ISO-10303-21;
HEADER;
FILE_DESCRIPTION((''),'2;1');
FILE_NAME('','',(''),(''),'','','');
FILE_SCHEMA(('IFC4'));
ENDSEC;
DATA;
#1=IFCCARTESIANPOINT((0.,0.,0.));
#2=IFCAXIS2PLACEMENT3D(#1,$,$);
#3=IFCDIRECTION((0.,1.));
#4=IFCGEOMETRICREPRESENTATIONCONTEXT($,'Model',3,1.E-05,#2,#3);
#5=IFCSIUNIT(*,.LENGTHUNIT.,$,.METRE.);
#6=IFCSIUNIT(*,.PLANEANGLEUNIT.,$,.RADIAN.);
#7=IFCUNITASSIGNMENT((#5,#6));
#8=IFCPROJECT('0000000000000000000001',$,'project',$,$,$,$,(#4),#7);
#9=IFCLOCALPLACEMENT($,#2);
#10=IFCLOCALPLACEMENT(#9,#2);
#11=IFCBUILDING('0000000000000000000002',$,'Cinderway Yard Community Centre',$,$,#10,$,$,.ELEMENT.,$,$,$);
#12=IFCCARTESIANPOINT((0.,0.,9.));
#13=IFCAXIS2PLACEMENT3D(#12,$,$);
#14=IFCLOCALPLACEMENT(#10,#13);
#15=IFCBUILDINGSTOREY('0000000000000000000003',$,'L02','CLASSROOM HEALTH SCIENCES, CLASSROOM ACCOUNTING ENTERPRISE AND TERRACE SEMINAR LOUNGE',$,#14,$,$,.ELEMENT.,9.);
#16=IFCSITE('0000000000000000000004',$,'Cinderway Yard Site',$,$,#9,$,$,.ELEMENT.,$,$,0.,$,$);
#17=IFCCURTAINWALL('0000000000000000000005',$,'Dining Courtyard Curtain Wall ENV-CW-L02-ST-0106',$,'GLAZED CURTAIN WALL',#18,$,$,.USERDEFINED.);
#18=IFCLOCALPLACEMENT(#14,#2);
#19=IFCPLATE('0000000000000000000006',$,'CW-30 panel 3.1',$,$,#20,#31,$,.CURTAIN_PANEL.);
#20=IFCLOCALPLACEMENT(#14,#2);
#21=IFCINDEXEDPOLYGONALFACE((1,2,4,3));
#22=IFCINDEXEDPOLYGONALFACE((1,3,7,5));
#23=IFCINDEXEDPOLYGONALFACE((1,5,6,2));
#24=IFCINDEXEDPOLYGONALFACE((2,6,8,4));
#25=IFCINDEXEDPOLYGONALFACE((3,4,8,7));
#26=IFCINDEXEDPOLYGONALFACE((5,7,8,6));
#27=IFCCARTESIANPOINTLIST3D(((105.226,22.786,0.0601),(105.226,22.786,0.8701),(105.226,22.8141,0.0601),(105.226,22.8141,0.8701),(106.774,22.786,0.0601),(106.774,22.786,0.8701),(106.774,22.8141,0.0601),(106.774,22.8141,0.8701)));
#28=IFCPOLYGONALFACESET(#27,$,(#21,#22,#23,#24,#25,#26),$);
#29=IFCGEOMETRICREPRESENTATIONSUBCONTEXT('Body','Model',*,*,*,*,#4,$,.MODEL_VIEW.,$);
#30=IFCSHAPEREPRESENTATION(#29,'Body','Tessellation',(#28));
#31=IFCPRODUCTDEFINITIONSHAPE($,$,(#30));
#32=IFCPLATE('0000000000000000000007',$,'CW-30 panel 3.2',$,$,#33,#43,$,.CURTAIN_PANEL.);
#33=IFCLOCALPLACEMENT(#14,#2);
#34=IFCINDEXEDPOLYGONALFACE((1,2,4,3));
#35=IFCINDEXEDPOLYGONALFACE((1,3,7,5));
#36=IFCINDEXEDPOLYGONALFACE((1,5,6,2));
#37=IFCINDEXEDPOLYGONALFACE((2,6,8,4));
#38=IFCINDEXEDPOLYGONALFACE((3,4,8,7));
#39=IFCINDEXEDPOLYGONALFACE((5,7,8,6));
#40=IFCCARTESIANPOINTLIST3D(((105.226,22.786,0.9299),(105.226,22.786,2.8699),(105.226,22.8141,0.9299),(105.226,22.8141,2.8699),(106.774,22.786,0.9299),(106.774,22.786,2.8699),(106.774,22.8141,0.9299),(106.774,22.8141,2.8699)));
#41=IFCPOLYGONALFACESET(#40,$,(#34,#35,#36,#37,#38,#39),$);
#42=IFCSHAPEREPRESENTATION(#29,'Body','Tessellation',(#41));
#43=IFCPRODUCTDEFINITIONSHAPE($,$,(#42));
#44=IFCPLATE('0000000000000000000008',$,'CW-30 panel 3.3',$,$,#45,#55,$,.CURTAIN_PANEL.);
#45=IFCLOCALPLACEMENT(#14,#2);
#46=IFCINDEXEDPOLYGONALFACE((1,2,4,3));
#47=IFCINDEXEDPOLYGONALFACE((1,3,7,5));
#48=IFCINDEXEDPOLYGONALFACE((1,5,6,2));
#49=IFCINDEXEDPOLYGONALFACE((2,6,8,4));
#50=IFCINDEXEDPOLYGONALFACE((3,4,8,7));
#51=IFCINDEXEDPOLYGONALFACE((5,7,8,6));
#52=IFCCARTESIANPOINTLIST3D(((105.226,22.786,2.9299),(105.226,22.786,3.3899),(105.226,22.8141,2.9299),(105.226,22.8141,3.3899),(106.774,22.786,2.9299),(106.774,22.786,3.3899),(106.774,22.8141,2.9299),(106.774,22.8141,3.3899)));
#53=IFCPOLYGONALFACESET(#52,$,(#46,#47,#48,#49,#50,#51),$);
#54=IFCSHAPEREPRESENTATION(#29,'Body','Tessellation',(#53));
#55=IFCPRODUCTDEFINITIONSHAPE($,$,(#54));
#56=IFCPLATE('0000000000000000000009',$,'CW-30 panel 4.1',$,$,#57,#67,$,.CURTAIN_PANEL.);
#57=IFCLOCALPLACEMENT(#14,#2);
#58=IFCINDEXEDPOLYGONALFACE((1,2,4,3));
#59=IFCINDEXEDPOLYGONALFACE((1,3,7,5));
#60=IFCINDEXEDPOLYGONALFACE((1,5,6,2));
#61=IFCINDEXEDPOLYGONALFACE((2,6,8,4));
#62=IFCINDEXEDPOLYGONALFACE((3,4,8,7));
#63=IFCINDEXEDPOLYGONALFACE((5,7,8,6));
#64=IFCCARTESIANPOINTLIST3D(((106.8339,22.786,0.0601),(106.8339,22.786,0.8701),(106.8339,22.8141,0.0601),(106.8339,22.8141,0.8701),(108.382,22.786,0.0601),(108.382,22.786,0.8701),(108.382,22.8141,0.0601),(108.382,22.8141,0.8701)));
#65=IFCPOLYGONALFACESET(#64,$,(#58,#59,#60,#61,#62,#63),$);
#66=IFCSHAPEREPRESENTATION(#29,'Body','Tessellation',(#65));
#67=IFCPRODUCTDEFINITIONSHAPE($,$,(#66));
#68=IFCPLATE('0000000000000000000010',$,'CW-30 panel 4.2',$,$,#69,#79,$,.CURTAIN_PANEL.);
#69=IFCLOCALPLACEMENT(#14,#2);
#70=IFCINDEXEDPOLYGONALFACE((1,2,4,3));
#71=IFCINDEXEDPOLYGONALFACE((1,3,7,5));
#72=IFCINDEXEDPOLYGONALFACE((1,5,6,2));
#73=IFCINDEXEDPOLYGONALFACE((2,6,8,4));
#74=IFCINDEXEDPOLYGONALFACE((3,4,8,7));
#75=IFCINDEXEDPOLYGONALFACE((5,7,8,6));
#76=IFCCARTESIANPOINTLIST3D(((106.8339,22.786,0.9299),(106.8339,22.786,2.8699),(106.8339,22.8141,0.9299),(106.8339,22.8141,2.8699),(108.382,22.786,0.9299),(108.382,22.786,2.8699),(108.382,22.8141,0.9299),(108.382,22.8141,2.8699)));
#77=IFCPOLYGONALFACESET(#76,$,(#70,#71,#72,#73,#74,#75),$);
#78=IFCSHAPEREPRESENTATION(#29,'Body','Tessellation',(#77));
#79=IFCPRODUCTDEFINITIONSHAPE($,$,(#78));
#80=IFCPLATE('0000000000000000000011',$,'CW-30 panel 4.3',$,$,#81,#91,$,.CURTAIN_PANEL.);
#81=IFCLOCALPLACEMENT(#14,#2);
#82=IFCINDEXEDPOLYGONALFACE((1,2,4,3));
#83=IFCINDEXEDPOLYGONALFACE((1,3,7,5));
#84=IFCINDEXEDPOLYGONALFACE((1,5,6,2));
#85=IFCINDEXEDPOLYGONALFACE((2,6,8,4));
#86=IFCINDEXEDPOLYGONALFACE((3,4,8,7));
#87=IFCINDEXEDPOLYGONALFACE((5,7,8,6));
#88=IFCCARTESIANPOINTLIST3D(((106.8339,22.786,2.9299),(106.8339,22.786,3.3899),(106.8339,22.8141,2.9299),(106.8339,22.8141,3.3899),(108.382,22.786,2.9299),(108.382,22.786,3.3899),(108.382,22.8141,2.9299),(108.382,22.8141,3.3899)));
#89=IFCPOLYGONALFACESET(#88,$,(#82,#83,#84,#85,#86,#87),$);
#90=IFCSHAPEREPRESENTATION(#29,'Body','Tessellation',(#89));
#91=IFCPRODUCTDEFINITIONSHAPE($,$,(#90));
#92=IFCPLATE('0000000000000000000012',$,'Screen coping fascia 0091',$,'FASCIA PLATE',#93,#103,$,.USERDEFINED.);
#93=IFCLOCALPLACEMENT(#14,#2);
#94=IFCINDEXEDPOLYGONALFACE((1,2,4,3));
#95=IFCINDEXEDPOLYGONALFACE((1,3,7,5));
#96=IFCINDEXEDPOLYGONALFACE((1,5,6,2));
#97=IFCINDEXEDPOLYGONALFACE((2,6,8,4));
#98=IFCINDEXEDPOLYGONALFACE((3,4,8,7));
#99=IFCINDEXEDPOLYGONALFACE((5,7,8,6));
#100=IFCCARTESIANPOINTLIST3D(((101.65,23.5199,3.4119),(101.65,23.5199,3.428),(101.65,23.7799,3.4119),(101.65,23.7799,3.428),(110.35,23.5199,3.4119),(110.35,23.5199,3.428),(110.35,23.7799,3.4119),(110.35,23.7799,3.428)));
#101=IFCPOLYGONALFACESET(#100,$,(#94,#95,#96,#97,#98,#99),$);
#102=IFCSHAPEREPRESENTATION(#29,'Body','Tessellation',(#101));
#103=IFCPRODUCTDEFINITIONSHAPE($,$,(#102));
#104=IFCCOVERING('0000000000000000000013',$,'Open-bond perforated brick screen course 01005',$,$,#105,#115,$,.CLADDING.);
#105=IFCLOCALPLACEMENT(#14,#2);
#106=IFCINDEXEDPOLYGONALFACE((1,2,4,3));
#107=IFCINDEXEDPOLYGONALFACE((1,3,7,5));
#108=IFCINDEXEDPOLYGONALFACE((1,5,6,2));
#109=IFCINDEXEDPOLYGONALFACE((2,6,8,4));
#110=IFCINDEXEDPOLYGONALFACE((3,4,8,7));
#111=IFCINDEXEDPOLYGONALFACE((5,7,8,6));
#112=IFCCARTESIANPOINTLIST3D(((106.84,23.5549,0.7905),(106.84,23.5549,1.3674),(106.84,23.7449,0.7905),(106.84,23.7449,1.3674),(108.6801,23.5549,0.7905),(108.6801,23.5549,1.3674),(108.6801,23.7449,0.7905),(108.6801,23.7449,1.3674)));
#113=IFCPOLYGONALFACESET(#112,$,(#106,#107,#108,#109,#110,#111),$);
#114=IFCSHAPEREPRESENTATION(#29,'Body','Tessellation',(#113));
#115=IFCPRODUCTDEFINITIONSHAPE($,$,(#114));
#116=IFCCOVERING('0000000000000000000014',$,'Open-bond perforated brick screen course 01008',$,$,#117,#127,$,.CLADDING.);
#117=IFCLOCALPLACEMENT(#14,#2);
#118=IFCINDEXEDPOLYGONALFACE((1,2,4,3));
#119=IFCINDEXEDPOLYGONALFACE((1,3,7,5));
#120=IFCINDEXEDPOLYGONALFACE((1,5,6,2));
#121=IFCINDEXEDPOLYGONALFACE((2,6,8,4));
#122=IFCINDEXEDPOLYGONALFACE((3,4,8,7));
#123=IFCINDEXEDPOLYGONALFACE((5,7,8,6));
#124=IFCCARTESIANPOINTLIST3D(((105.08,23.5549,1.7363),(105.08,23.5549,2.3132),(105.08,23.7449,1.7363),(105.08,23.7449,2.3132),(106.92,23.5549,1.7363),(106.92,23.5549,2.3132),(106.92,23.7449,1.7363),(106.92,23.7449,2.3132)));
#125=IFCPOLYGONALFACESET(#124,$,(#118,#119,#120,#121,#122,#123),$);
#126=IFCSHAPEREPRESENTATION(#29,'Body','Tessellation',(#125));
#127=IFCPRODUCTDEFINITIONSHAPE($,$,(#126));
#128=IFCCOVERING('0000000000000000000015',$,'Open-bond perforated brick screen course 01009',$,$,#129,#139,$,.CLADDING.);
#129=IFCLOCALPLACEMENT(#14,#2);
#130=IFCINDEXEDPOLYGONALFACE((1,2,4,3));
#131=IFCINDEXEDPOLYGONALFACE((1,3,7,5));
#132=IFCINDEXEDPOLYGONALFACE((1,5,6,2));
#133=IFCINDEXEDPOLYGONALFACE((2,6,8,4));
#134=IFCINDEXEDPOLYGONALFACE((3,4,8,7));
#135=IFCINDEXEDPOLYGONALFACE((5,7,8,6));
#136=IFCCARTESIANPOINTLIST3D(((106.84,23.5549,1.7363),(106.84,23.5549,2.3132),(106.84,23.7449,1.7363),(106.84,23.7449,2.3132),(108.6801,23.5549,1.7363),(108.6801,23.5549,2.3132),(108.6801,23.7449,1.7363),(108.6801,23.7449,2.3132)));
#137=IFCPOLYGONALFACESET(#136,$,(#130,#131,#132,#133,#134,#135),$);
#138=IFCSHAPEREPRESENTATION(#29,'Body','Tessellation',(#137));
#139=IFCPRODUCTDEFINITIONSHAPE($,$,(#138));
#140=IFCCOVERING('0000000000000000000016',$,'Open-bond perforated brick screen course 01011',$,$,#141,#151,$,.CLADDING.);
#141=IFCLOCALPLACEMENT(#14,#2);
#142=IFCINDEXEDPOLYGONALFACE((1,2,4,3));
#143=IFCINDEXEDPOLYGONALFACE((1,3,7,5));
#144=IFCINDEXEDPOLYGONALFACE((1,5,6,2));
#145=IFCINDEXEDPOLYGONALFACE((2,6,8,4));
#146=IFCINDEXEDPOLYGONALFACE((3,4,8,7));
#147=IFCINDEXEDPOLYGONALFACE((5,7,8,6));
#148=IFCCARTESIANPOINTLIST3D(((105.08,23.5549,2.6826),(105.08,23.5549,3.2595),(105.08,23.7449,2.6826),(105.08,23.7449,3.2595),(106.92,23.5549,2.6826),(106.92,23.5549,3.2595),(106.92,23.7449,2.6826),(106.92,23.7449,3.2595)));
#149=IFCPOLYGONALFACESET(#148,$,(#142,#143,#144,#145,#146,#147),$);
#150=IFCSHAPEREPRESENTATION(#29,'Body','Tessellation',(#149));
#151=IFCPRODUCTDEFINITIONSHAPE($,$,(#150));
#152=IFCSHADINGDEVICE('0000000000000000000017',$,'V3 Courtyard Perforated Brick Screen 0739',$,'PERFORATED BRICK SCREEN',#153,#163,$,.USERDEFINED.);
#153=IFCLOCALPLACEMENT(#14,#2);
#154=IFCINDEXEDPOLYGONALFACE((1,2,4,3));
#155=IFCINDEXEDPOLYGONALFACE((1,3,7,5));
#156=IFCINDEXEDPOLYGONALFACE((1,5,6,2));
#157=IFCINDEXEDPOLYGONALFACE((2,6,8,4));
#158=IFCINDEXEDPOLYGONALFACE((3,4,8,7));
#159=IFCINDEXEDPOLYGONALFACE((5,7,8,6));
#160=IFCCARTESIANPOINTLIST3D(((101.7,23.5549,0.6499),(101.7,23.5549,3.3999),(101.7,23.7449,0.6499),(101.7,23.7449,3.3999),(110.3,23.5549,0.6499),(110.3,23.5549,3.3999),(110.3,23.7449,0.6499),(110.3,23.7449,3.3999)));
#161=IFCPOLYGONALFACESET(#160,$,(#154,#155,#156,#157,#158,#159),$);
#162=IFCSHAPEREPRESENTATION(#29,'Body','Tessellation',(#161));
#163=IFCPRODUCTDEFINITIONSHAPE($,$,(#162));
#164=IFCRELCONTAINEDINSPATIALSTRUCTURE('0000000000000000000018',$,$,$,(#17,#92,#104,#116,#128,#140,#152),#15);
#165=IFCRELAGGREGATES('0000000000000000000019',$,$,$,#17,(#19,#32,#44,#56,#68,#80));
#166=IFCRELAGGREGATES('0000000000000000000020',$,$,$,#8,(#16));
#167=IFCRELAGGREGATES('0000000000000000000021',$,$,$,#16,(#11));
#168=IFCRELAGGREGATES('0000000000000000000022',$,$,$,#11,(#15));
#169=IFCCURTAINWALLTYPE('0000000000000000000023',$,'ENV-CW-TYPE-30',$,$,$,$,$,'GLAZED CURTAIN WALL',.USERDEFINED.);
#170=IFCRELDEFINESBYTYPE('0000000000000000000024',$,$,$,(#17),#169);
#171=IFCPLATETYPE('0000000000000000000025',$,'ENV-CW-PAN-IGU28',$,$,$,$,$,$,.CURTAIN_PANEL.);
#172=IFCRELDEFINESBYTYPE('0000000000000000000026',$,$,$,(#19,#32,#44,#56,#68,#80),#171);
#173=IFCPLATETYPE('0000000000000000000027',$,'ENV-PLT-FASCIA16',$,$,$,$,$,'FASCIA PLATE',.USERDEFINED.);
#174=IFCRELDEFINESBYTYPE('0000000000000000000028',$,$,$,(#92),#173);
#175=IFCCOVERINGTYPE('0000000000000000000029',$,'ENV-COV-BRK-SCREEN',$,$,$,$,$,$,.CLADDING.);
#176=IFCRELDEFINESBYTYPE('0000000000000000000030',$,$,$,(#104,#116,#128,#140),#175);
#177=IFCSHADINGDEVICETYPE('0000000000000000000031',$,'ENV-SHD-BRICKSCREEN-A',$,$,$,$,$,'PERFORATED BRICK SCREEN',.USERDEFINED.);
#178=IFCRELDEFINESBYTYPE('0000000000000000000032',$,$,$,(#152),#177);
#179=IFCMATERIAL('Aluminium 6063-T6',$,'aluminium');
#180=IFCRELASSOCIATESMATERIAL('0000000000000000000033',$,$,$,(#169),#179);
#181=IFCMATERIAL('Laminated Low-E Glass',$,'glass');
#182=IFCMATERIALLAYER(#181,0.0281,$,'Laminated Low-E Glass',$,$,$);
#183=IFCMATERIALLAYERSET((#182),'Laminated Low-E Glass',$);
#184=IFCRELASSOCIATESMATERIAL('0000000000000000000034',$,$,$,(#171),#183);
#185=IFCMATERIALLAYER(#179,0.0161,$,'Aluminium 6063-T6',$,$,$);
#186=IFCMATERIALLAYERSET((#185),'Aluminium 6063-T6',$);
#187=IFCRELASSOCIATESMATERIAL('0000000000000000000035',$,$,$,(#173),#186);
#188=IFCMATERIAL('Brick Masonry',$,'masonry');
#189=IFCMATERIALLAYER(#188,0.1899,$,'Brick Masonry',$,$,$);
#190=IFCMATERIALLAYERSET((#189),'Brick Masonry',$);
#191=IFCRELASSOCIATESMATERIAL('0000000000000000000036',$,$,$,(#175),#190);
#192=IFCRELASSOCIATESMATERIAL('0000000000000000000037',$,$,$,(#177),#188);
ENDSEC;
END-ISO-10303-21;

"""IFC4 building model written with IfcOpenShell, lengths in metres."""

from ifc_helpers import new_model, si_unit, direction, frame, origin, origin_2d, place, context, subcontext, project, spatial, rectangle, extrude, material, layer, layer_set, type_object, element, aggregate, save


model = new_model("IFC4")

# Units and contexts
model_context = context("Model", 3, precision=1e-05, world=origin(), true_north=direction((0.0, 1.0)))
body_context = subcontext(model_context, "Body", "Model", "MODEL_VIEW")
ifc_project = project(units=[si_unit("LENGTHUNIT", "METRE"), si_unit("PLANEANGLEUNIT", "RADIAN")], contexts=[model_context])

# Site, building, storey
site_placement = place(None, origin())
site = spatial("IfcSite", under=ifc_project, at=site_placement, Name="Cinderway Yard Site", CompositionType="ELEMENT", RefElevation=0.0)
building_placement = place(site_placement, origin())
building = spatial("IfcBuilding", under=site, at=building_placement, Name="Cinderway Yard Community Centre", CompositionType="ELEMENT")
storey_placement = place(building_placement, frame((0.0, 0.0, 9.0)))
storey = spatial("IfcBuildingStorey", under=building, at=storey_placement, Name="L02", Description="CLASSROOM HEALTH SCIENCES, CLASSROOM ACCOUNTING ENTERPRISE AND TERRACE SEMINAR LOUNGE", CompositionType="ELEMENT", Elevation=9.0)

# Curtain wall
ifc_material_1 = material(Name="Aluminium 6063-T6", Category="aluminium")
curtain_wall_type = type_object("IfcCurtainWallType", Name="ENV-CW-TYPE-30", ElementType="GLAZED CURTAIN WALL", PredefinedType="USERDEFINED", material=ifc_material_1)
curtain_wall_placement = place(storey_placement, origin())
curtain_wall = element("IfcCurtainWall", 1, at=curtain_wall_placement, inside=storey, type_object=curtain_wall_type, Name="Dining Courtyard Curtain Wall ENV-CW-L02-ST-0106", ObjectType="GLAZED CURTAIN WALL", PredefinedType="USERDEFINED")

# Plates
ifc_material_2 = material(Name="Laminated Low-E Glass", Category="glass")
ifc_layer_1 = layer(ifc_material_2, 0.0281, Name="Laminated Low-E Glass")
ifc_layer_set_1 = layer_set([ifc_layer_1], Name="Laminated Low-E Glass")
plate_type_1 = type_object("IfcPlateType", Name="ENV-CW-PAN-IGU28", PredefinedType="CURTAIN_PANEL", material=ifc_layer_set_1)
plate_1_placement = place(storey_placement, frame((106.0, 22.8, 0.0601), z_axis=(0.0, 0.0, 1.0), x_axis=(1.0, 0.0, 0.0)))
plate_1 = element("IfcPlate", 2, at=plate_1_placement, type_object=plate_type_1, Name="CW-30 panel 3.1", PredefinedType="CURTAIN_PANEL", context=body_context, shape_type="SweptSolid", body=[
    extrude(rectangle(XDim=1.5481, YDim=0.0281, at=origin_2d()), origin(), (0.0, 0.0, 1.0), 0.8101),
])
plate_2_placement = place(storey_placement, frame((106.0, 22.8, 0.9299), z_axis=(0.0, 0.0, 1.0), x_axis=(1.0, 0.0, 0.0)))
plate_2 = element("IfcPlate", 3, at=plate_2_placement, type_object=plate_type_1, Name="CW-30 panel 3.2", PredefinedType="CURTAIN_PANEL", context=body_context, shape_type="SweptSolid", body=[
    extrude(rectangle(XDim=1.5481, YDim=0.0281, at=origin_2d()), origin(), (0.0, 0.0, 1.0), 1.9399),
])
plate_3_placement = place(storey_placement, frame((106.0, 22.8, 2.9299), z_axis=(0.0, 0.0, 1.0), x_axis=(1.0, 0.0, 0.0)))
plate_3 = element("IfcPlate", 4, at=plate_3_placement, type_object=plate_type_1, Name="CW-30 panel 3.3", PredefinedType="CURTAIN_PANEL", context=body_context, shape_type="SweptSolid", body=[
    extrude(rectangle(XDim=1.5481, YDim=0.0281, at=origin_2d()), origin(), (0.0, 0.0, 1.0), 0.46),
])
plate_4_placement = place(storey_placement, frame((107.6079, 22.8, 0.0601), z_axis=(0.0, 0.0, 1.0), x_axis=(1.0, 0.0, 0.0)))
plate_4 = element("IfcPlate", 5, at=plate_4_placement, type_object=plate_type_1, Name="CW-30 panel 4.1", PredefinedType="CURTAIN_PANEL", context=body_context, shape_type="SweptSolid", body=[
    extrude(rectangle(XDim=1.5481, YDim=0.0281, at=origin_2d()), origin(), (0.0, 0.0, 1.0), 0.8101),
])
plate_5_placement = place(storey_placement, frame((107.6079, 22.8, 0.9299), z_axis=(0.0, 0.0, 1.0), x_axis=(1.0, 0.0, 0.0)))
plate_5 = element("IfcPlate", 6, at=plate_5_placement, type_object=plate_type_1, Name="CW-30 panel 4.2", PredefinedType="CURTAIN_PANEL", context=body_context, shape_type="SweptSolid", body=[
    extrude(rectangle(XDim=1.5481, YDim=0.0281, at=origin_2d()), origin(), (0.0, 0.0, 1.0), 1.9399),
])
plate_6_placement = place(storey_placement, frame((107.6079, 22.8, 2.9299), z_axis=(0.0, 0.0, 1.0), x_axis=(1.0, 0.0, 0.0)))
plate_6 = element("IfcPlate", 7, at=plate_6_placement, type_object=plate_type_1, Name="CW-30 panel 4.3", PredefinedType="CURTAIN_PANEL", context=body_context, shape_type="SweptSolid", body=[
    extrude(rectangle(XDim=1.5481, YDim=0.0281, at=origin_2d()), origin(), (0.0, 0.0, 1.0), 0.46),
])
aggregate(curtain_wall, [plate_1, plate_2, plate_3, plate_4, plate_5, plate_6])
ifc_layer_2 = layer(ifc_material_1, 0.0161, Name="Aluminium 6063-T6")
ifc_layer_set_2 = layer_set([ifc_layer_2], Name="Aluminium 6063-T6")
plate_type_2 = type_object("IfcPlateType", Name="ENV-PLT-FASCIA16", ElementType="FASCIA PLATE", PredefinedType="USERDEFINED", material=ifc_layer_set_2)
plate_7_placement = place(storey_placement, frame((106.0, 23.6499, 3.4119), z_axis=(0.0, 0.0, 1.0), x_axis=(1.0, 0.0, 0.0)))
element("IfcPlate", 8, at=plate_7_placement, inside=storey, type_object=plate_type_2, Name="Screen coping fascia 0091", ObjectType="FASCIA PLATE", PredefinedType="USERDEFINED", context=body_context, shape_type="SweptSolid", body=[
    extrude(rectangle(XDim=8.7, YDim=0.26, at=origin_2d()), origin(), (0.0, 0.0, 1.0), 0.0161),
])

# Coverings
ifc_material_3 = material(Name="Brick Masonry", Category="masonry")
ifc_layer_3 = layer(ifc_material_3, 0.1899, Name="Brick Masonry")
ifc_layer_set_3 = layer_set([ifc_layer_3], Name="Brick Masonry")
covering_type = type_object("IfcCoveringType", Name="ENV-COV-BRK-SCREEN", PredefinedType="CLADDING", material=ifc_layer_set_3)
for number, where, z_axis, x_axis, name in (
    (9, (107.76, 23.6499, 0.7905), (0.0, 0.0, 1.0), (1.0, 0.0, 0.0), "Open-bond perforated brick screen course 01005"),
    (10, (106.0, 23.6499, 1.7363), (0.0, 0.0, 1.0), (1.0, 0.0, 0.0), "Open-bond perforated brick screen course 01008"),
    (11, (107.76, 23.6499, 1.7363), (0.0, 0.0, 1.0), (1.0, 0.0, 0.0), "Open-bond perforated brick screen course 01009"),
    (12, (106.0, 23.6499, 2.6826), (0.0, 0.0, 1.0), (1.0, 0.0, 0.0), "Open-bond perforated brick screen course 01011"),
):
    element("IfcCovering", number, at=place(storey_placement, frame(where, z_axis=z_axis, x_axis=x_axis)), inside=storey, type_object=covering_type, Name=name, PredefinedType="CLADDING", context=body_context, shape_type="SweptSolid", body=[
        extrude(rectangle(XDim=1.8401, YDim=0.1899, at=origin_2d()), origin(), (0.0, 0.0, 1.0), 0.5769),
    ])

# Shading device
shading_device_type = type_object("IfcShadingDeviceType", Name="ENV-SHD-BRICKSCREEN-A", ElementType="PERFORATED BRICK SCREEN", PredefinedType="USERDEFINED", material=ifc_material_3)
shading_device_placement = place(storey_placement, frame((106.0, 23.6499, 0.6499), z_axis=(0.0, 0.0, 1.0), x_axis=(1.0, 0.0, 0.0)))
element("IfcShadingDevice", 13, at=shading_device_placement, inside=storey, type_object=shading_device_type, Name="V3 Courtyard Perforated Brick Screen 0739", ObjectType="PERFORATED BRICK SCREEN", PredefinedType="USERDEFINED", context=body_context, shape_type="SweptSolid", body=[
    extrude(rectangle(XDim=8.6001, YDim=0.1899, at=origin_2d()), origin(), (0.0, 0.0, 1.0), 2.75),
])

save(model, "model.ifc")
